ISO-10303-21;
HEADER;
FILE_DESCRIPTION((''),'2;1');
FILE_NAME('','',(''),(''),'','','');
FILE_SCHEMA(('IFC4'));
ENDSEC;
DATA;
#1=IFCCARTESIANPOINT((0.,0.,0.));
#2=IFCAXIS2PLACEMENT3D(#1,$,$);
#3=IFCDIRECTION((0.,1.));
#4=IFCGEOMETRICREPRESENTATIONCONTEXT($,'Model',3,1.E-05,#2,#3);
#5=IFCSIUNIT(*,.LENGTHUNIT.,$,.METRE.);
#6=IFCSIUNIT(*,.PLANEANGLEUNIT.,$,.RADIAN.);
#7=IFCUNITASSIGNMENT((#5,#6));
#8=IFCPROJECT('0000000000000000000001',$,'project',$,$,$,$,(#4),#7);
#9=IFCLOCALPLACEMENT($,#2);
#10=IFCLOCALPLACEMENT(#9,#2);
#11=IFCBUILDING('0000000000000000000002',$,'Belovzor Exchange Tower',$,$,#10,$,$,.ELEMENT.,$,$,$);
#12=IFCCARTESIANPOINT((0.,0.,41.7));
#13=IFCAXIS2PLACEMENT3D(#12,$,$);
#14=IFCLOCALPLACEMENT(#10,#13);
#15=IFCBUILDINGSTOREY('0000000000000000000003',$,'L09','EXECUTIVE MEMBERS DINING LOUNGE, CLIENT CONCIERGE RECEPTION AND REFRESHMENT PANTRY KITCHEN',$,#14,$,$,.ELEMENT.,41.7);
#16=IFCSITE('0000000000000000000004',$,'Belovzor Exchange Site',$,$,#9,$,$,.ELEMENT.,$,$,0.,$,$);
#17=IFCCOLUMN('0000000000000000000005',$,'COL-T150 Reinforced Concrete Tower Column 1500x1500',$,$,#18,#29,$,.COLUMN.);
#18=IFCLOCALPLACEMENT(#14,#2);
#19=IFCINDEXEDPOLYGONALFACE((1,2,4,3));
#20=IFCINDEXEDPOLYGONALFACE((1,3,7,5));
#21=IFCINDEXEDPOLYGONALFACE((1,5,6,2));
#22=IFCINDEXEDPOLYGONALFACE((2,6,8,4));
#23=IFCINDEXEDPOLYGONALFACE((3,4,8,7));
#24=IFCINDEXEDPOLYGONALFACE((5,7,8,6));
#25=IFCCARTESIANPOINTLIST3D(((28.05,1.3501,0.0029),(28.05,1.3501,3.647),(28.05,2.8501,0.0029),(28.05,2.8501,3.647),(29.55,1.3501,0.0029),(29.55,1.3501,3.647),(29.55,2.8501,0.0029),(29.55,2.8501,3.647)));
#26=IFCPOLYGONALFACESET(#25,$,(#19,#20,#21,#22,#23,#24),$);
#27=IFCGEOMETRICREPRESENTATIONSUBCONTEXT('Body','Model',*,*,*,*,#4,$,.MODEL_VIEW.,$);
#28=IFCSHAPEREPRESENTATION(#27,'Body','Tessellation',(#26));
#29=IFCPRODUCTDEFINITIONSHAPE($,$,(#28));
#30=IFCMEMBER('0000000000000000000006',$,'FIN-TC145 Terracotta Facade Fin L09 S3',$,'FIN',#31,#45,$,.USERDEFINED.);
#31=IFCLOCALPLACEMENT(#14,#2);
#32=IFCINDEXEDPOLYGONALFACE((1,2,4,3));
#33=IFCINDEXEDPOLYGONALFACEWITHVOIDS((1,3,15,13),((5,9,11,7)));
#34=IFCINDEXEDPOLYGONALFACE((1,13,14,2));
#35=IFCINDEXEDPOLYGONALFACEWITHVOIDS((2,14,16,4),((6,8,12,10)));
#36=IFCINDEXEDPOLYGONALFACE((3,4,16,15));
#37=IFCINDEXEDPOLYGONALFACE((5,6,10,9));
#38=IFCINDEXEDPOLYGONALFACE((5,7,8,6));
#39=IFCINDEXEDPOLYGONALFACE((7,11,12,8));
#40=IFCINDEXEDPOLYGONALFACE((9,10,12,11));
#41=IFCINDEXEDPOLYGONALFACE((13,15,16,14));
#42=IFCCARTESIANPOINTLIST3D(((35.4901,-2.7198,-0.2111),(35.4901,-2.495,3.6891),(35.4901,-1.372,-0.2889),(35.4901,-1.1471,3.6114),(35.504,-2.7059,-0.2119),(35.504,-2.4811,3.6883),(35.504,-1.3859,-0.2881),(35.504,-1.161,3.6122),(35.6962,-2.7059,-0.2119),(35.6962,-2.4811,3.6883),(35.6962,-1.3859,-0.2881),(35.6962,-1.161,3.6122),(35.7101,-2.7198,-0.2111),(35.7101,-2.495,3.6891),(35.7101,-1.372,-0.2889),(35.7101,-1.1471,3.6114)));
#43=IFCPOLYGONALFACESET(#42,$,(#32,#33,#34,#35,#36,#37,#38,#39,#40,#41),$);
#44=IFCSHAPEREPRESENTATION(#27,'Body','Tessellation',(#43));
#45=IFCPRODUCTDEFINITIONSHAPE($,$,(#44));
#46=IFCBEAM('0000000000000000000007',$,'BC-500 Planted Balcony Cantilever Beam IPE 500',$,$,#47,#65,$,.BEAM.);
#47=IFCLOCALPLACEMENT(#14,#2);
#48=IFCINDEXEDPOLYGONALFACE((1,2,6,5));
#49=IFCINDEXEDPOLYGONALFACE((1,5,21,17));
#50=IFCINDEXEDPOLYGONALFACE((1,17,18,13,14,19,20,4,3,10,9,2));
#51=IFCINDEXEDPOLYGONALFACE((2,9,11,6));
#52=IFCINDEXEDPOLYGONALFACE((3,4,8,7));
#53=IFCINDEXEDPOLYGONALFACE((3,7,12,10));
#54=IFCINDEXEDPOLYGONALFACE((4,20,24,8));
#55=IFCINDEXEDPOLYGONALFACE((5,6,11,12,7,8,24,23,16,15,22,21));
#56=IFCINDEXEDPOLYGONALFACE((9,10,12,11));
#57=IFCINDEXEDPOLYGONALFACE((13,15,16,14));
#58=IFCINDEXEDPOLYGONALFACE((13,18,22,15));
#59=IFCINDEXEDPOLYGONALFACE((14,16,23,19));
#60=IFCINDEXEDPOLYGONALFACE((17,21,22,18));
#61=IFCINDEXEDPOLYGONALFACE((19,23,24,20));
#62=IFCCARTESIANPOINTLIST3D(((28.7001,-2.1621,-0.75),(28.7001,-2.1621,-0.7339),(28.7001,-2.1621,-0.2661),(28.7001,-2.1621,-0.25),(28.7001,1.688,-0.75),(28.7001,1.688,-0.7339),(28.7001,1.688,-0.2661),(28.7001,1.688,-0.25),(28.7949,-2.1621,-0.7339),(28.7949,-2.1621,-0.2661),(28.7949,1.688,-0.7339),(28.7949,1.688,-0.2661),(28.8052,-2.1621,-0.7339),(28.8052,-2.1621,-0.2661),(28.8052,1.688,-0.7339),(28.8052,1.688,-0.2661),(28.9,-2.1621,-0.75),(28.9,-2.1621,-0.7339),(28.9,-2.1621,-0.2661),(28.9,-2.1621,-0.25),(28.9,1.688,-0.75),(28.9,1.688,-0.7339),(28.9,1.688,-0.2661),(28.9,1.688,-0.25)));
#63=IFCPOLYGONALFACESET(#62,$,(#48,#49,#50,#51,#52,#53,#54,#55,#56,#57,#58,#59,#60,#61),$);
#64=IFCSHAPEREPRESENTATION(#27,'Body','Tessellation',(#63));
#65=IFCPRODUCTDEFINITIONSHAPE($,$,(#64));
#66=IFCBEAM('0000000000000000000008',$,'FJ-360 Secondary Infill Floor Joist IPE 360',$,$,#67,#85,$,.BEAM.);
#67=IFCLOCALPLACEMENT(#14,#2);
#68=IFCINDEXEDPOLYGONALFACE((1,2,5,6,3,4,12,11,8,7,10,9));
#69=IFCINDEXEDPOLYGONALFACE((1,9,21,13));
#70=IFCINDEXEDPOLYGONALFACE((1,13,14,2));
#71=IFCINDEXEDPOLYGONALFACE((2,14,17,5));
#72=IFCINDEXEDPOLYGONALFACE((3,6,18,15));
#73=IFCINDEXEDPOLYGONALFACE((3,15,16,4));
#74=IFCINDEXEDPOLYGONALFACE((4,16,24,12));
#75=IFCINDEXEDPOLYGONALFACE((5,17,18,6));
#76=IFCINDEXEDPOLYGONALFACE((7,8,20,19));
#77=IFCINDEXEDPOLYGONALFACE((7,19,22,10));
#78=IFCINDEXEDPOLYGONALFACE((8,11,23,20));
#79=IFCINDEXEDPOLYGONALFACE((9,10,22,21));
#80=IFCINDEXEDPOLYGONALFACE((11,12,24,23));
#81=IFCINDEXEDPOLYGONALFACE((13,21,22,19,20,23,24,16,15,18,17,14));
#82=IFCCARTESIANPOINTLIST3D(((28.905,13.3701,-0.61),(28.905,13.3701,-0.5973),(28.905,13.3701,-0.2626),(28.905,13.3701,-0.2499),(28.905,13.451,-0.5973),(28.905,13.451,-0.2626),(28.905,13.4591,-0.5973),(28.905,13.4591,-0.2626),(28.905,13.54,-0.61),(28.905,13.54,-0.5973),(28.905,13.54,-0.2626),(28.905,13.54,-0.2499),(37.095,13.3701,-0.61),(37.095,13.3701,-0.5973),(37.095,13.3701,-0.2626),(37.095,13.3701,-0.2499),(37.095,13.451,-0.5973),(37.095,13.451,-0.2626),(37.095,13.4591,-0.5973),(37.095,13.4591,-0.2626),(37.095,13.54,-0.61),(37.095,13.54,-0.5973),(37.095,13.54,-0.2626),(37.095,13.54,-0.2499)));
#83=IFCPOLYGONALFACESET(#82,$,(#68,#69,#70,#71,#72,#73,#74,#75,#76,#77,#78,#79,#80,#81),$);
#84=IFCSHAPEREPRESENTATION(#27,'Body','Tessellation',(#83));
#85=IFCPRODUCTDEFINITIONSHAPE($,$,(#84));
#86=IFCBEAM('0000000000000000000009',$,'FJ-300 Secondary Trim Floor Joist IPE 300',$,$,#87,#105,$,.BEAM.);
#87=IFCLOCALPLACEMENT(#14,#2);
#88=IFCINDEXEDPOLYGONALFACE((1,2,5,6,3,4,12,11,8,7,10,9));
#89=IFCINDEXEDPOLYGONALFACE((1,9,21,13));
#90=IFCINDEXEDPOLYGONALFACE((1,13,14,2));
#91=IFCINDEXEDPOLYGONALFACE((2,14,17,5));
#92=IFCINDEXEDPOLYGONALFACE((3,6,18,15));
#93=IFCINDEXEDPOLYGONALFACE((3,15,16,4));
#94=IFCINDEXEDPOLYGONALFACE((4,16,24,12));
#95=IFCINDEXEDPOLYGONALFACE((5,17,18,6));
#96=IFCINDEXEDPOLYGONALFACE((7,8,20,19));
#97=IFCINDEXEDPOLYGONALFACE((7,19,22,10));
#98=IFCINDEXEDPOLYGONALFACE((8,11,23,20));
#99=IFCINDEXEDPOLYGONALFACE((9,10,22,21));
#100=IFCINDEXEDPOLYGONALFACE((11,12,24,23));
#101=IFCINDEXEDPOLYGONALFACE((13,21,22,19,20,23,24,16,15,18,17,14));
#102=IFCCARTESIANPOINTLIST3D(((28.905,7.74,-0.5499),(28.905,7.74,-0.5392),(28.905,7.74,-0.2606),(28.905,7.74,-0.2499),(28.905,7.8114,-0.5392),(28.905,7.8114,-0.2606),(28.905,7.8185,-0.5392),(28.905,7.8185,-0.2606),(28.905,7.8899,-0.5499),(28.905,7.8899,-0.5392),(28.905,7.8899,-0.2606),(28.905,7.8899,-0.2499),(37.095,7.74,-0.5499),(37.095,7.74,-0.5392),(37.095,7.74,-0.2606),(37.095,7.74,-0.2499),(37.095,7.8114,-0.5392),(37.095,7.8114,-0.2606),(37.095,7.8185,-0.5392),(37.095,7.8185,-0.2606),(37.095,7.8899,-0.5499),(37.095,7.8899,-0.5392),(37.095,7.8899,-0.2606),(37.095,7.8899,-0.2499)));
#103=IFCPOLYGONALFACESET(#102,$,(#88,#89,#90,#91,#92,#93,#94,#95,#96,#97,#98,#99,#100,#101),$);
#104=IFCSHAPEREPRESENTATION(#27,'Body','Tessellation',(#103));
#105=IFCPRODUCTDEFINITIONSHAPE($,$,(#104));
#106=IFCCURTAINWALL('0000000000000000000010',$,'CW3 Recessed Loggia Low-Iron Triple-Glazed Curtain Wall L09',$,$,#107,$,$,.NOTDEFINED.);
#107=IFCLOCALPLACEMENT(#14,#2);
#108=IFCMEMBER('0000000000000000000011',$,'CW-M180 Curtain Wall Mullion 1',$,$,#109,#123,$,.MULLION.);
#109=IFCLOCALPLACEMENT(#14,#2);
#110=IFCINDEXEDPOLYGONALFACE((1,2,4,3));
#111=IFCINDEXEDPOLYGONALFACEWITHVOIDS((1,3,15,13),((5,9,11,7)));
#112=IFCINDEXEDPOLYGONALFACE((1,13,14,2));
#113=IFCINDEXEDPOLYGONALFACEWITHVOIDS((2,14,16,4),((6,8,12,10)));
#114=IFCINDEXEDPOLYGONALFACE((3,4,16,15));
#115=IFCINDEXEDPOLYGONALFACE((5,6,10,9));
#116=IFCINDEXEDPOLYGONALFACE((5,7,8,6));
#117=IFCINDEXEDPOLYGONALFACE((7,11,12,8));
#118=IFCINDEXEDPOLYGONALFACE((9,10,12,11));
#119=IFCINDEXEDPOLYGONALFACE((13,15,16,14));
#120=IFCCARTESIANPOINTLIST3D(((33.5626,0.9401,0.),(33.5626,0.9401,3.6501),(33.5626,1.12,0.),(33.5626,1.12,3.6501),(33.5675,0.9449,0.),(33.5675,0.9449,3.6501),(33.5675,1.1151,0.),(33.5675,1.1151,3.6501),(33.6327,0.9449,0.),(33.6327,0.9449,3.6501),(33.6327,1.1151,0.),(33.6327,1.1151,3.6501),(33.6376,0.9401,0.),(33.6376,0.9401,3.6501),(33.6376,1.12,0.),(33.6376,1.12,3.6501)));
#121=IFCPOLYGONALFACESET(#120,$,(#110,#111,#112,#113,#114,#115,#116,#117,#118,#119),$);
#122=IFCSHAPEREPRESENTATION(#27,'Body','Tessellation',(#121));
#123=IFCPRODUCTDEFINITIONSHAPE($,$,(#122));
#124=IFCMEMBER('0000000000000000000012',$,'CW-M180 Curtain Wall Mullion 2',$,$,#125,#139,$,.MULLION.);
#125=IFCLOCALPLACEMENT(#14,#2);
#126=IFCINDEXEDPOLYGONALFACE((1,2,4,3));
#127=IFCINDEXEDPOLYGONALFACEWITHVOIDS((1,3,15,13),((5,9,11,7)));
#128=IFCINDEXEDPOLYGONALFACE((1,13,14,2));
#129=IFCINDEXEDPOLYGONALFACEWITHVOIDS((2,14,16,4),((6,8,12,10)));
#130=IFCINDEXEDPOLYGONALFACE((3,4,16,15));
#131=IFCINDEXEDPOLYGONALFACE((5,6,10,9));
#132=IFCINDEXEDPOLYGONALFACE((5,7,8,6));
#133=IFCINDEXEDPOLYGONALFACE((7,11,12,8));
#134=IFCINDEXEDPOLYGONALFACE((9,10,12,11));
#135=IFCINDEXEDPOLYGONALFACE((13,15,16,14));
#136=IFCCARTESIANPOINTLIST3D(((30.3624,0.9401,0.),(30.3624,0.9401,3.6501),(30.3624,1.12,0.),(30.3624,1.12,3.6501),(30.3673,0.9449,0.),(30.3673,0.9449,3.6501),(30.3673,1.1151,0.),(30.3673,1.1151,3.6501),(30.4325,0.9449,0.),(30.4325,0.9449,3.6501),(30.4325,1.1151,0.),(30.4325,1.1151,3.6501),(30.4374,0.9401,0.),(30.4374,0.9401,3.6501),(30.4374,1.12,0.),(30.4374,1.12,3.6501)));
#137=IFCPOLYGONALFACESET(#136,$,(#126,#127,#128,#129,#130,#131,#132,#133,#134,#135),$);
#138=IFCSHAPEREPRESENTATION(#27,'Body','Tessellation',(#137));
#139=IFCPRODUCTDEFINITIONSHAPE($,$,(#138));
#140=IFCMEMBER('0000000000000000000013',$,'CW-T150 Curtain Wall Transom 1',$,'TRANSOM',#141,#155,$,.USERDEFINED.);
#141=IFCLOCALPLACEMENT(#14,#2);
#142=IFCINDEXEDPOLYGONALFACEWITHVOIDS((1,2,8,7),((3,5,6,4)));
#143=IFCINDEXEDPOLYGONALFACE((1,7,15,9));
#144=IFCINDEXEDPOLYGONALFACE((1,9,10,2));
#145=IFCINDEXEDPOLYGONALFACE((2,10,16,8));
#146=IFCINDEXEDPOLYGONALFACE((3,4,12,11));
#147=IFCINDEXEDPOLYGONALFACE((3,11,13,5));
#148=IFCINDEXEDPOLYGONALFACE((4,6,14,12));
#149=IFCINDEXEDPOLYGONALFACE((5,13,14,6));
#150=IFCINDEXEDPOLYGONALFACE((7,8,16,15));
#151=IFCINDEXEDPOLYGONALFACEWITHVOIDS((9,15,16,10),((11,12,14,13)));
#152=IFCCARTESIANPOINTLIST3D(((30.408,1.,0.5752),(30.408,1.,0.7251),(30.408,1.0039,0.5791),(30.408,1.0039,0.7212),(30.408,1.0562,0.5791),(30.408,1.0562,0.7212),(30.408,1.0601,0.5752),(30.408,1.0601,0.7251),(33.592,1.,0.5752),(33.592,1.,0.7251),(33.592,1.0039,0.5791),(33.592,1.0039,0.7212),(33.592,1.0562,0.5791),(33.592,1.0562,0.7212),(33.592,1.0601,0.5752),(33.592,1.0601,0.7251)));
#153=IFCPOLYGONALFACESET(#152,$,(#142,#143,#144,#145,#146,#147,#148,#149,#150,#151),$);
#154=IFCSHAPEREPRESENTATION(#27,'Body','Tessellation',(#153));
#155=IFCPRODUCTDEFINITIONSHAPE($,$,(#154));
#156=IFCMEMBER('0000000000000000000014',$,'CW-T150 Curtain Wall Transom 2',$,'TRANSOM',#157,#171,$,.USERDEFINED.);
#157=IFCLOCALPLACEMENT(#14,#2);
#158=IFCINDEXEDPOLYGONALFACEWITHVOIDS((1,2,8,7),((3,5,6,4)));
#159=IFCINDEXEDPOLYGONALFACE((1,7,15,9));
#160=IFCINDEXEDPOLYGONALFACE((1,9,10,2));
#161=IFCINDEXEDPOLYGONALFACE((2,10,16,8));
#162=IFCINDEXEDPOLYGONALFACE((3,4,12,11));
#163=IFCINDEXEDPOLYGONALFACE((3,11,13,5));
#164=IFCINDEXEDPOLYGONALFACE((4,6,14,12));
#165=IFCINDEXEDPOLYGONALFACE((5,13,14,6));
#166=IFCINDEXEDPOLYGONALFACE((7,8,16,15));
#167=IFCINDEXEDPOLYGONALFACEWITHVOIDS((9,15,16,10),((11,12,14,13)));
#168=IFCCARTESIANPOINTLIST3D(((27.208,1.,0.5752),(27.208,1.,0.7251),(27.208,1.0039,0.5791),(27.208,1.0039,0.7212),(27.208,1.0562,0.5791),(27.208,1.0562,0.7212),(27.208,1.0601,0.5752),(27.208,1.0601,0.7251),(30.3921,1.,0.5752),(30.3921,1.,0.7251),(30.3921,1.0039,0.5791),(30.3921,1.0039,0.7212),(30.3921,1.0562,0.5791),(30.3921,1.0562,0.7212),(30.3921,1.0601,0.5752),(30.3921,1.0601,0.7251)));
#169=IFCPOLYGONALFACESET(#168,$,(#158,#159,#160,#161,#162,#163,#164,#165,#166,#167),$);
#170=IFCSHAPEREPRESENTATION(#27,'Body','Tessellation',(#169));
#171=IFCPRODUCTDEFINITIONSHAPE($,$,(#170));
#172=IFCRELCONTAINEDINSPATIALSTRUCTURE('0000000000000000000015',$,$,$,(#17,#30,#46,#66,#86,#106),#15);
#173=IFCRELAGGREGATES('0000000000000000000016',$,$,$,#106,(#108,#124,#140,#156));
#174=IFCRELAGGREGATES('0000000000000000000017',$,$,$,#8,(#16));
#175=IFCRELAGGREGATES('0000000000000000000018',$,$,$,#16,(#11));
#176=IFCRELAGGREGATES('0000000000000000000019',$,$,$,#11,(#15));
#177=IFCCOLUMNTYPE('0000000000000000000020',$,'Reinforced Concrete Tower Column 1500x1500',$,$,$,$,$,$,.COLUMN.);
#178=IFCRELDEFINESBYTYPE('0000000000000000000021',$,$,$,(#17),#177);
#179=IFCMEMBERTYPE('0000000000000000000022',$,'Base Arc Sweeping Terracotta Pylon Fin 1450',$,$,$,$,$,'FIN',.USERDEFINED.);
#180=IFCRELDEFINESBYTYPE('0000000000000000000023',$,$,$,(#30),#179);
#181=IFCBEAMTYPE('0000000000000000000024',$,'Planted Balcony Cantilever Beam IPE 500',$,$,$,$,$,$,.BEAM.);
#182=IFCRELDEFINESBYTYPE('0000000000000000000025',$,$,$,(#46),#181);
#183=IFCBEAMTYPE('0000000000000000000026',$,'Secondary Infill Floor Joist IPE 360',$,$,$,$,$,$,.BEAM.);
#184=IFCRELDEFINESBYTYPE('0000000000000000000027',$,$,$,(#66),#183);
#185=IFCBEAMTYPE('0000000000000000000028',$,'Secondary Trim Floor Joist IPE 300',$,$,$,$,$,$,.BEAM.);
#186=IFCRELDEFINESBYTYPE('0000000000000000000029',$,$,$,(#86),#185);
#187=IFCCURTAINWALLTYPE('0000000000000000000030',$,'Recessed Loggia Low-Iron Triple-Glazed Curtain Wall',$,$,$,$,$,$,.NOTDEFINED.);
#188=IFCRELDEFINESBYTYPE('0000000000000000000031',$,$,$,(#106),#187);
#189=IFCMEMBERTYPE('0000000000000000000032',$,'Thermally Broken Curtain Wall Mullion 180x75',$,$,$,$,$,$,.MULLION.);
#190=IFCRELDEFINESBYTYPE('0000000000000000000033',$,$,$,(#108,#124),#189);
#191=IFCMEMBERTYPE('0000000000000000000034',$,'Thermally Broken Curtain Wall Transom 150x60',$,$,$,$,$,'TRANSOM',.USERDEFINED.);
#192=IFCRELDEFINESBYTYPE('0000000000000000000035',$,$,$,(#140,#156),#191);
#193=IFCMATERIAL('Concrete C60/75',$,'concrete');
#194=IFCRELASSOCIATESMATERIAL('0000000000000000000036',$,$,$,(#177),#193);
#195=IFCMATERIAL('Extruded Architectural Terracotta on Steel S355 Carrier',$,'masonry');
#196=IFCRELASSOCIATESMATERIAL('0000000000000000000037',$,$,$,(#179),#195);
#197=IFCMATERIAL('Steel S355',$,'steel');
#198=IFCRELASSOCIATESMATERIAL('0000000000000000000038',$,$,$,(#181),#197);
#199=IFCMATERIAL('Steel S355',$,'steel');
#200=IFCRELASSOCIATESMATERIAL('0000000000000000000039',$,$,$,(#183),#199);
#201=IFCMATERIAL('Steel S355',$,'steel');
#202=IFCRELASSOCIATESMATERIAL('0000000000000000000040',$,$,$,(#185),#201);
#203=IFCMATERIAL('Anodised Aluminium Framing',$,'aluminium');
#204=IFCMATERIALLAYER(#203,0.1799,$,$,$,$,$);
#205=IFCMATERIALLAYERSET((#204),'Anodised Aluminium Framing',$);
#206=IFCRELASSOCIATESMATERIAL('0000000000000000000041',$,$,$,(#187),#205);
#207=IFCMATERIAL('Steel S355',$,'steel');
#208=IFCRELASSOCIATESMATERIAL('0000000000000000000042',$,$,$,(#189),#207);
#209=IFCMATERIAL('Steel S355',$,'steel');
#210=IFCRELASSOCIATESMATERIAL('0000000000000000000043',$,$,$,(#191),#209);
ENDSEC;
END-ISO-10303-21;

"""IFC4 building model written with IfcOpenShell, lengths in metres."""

from ifc_helpers import new_model, si_unit, direction, frame, origin, origin_2d, place, context, subcontext, project, spatial, rectangle, hollow_rectangle, i_section, extrude, material, layer, layer_set, material_profile, profile_set, type_object, element, aggregate, save


model = new_model("IFC4")

# Units and contexts
model_context = context("Model", 3, precision=1e-05, world=origin(), true_north=direction((0.0, 1.0)))
body_context = subcontext(model_context, "Body", "Model", "MODEL_VIEW")
ifc_project = project(units=[si_unit("LENGTHUNIT", "METRE"), si_unit("PLANEANGLEUNIT", "RADIAN")], contexts=[model_context])

# Site, building, storey
site_placement = place(None, origin())
site = spatial("IfcSite", under=ifc_project, at=site_placement, Name="Belovzor Exchange Site", CompositionType="ELEMENT", RefElevation=0.0)
building_placement = place(site_placement, origin())
building = spatial("IfcBuilding", under=site, at=building_placement, Name="Belovzor Exchange Tower", CompositionType="ELEMENT")
storey_placement = place(building_placement, frame((0.0, 0.0, 41.7)))
storey = spatial("IfcBuildingStorey", under=building, at=storey_placement, Name="L09", Description="EXECUTIVE MEMBERS DINING LOUNGE, CLIENT CONCIERGE RECEPTION AND REFRESHMENT PANTRY KITCHEN", CompositionType="ELEMENT", Elevation=41.7)

# Column
ifc_material_1 = material(Name="Concrete C60/75", Category="concrete")
ifc_material_profile_1 = material_profile(ifc_material_1, rectangle(XDim=1.5, YDim=1.5, at=origin_2d()))
ifc_profile_set_1 = profile_set([ifc_material_profile_1], Name="Concrete C60/75")
column_type = type_object("IfcColumnType", Name="Reinforced Concrete Tower Column 1500x1500", PredefinedType="COLUMN", material=ifc_profile_set_1)
column_placement = place(storey_placement, frame((28.8, 2.1001, 0.0029), z_axis=(0.0, 0.0, 1.0), x_axis=(1.0, 0.0, 0.0)))
element("IfcColumn", 1, at=column_placement, inside=storey, type_object=column_type, Name="COL-T150 Reinforced Concrete Tower Column 1500x1500", PredefinedType="COLUMN", context=body_context, shape_type="SweptSolid", body=[
    extrude(rectangle(XDim=1.5, YDim=1.5, at=origin_2d()), origin(), (0.0, 0.0, 1.0), 3.644),
])

# Member
ifc_material_2 = material(Name="Extruded Architectural Terracotta on Steel S355 Carrier", Category="masonry")
ifc_material_profile_2 = material_profile(ifc_material_2, hollow_rectangle(XDim=0.22, YDim=1.3501, WallThickness=0.0139, at=origin_2d()))
ifc_profile_set_2 = profile_set([ifc_material_profile_2], Name="Extruded Architectural Terracotta on Steel S355 Carrier")
member_type_1 = type_object("IfcMemberType", Name="Base Arc Sweeping Terracotta Pylon Fin 1450", ElementType="FIN", PredefinedType="USERDEFINED", material=ifc_profile_set_2)
member_1_placement = place(storey_placement, frame((35.6001, -2.0459, -0.25), z_axis=(0.0, 0.057557, 0.998342), x_axis=(-1.0, 0.0, 0.0)))
element("IfcMember", 2, at=member_1_placement, inside=storey, type_object=member_type_1, Name="FIN-TC145 Terracotta Facade Fin L09 S3", ObjectType="FIN", PredefinedType="USERDEFINED", context=body_context, shape_type="SweptSolid", body=[
    extrude(hollow_rectangle(XDim=0.22, YDim=1.3501, WallThickness=0.0139, at=origin_2d()), origin(), (0.0, 0.0, 1.0), 3.9067),
])

# Beams
ifc_material_3 = material(Name="Steel S355", Category="steel")
ifc_material_profile_3 = material_profile(ifc_material_3, i_section(OverallWidth=0.2, OverallDepth=0.5, WebThickness=0.0103, FlangeThickness=0.0161, at=origin_2d()))
ifc_profile_set_3 = profile_set([ifc_material_profile_3], Name="Steel S355")
beam_type_1 = type_object("IfcBeamType", Name="Planted Balcony Cantilever Beam IPE 500", PredefinedType="BEAM", material=ifc_profile_set_3)
beam_1_placement = place(storey_placement, frame((28.8, 1.688, -0.5), z_axis=(0.0, -1.0, 0.0), x_axis=(1.0, 0.0, 0.0)))
element("IfcBeam", 3, at=beam_1_placement, inside=storey, type_object=beam_type_1, Name="BC-500 Planted Balcony Cantilever Beam IPE 500", PredefinedType="BEAM", context=body_context, shape_type="SweptSolid", body=[
    extrude(i_section(OverallWidth=0.2, OverallDepth=0.5, WebThickness=0.0103, FlangeThickness=0.0161, at=origin_2d()), origin(), (0.0, 0.0, 1.0), 3.8501),
])
ifc_material_4 = material(Name="Steel S355", Category="steel")
ifc_material_profile_4 = material_profile(ifc_material_4, i_section(OverallWidth=0.1699, OverallDepth=0.3601, WebThickness=0.0081, FlangeThickness=0.0127, at=origin_2d()))
ifc_profile_set_4 = profile_set([ifc_material_profile_4], Name="Steel S355")
beam_type_2 = type_object("IfcBeamType", Name="Secondary Infill Floor Joist IPE 360", PredefinedType="BEAM", material=ifc_profile_set_4)
beam_2_placement = place(storey_placement, frame((28.905, 13.4551, -0.4299), z_axis=(1.0, 0.0, 0.0), x_axis=(0.0, 1.0, 0.0)))
element("IfcBeam", 4, at=beam_2_placement, inside=storey, type_object=beam_type_2, Name="FJ-360 Secondary Infill Floor Joist IPE 360", PredefinedType="BEAM", context=body_context, shape_type="SweptSolid", body=[
    extrude(i_section(OverallWidth=0.1699, OverallDepth=0.3601, WebThickness=0.0081, FlangeThickness=0.0127, at=origin_2d()), origin(), (0.0, 0.0, 1.0), 8.1899),
])
ifc_material_5 = material(Name="Steel S355", Category="steel")
ifc_material_profile_5 = material_profile(ifc_material_5, i_section(OverallWidth=0.1499, OverallDepth=0.3, WebThickness=0.0071, FlangeThickness=0.0107, at=origin_2d()))
ifc_profile_set_5 = profile_set([ifc_material_profile_5], Name="Steel S355")
beam_type_3 = type_object("IfcBeamType", Name="Secondary Trim Floor Joist IPE 300", PredefinedType="BEAM", material=ifc_profile_set_5)
beam_3_placement = place(storey_placement, frame((28.905, 7.8149, -0.3999), z_axis=(1.0, 0.0, 0.0), x_axis=(0.0, 1.0, 0.0)))
element("IfcBeam", 5, at=beam_3_placement, inside=storey, type_object=beam_type_3, Name="FJ-300 Secondary Trim Floor Joist IPE 300", PredefinedType="BEAM", context=body_context, shape_type="SweptSolid", body=[
    extrude(i_section(OverallWidth=0.1499, OverallDepth=0.3, WebThickness=0.0071, FlangeThickness=0.0107, at=origin_2d()), origin(), (0.0, 0.0, 1.0), 8.1899),
])

# Curtain wall, members
ifc_material_6 = material(Name="Anodised Aluminium Framing", Category="aluminium")
ifc_layer_1 = layer(ifc_material_6, 0.1799)
ifc_layer_set_1 = layer_set([ifc_layer_1], Name="Anodised Aluminium Framing")
curtain_wall_type = type_object("IfcCurtainWallType", Name="Recessed Loggia Low-Iron Triple-Glazed Curtain Wall", PredefinedType="NOTDEFINED", material=ifc_layer_set_1)
curtain_wall_placement = place(storey_placement, origin())
curtain_wall = element("IfcCurtainWall", 6, at=curtain_wall_placement, inside=storey, type_object=curtain_wall_type, Name="CW3 Recessed Loggia Low-Iron Triple-Glazed Curtain Wall L09", PredefinedType="NOTDEFINED")
ifc_material_7 = material(Name="Steel S355", Category="steel")
ifc_material_profile_6 = material_profile(ifc_material_7, hollow_rectangle(XDim=0.075, YDim=0.1799, WallThickness=0.0049, at=origin_2d()))
ifc_profile_set_6 = profile_set([ifc_material_profile_6], Name="Steel S355")
member_type_2 = type_object("IfcMemberType", Name="Thermally Broken Curtain Wall Mullion 180x75", PredefinedType="MULLION", material=ifc_profile_set_6)
member_2_placement = place(storey_placement, frame((33.6001, 1.03, 0.0), z_axis=(0.0, 0.0, 1.0), x_axis=(-1.0, 0.0, 0.0)))
member_2 = element("IfcMember", 7, at=member_2_placement, type_object=member_type_2, Name="CW-M180 Curtain Wall Mullion 1", PredefinedType="MULLION", context=body_context, shape_type="SweptSolid", body=[
    extrude(hollow_rectangle(XDim=0.075, YDim=0.1799, WallThickness=0.0049, at=origin_2d()), origin(), (0.0, 0.0, 1.0), 3.6501),
])
member_3_placement = place(storey_placement, frame((30.3999, 1.03, 0.0), z_axis=(0.0, 0.0, 1.0), x_axis=(-1.0, 0.0, 0.0)))
member_3 = element("IfcMember", 8, at=member_3_placement, type_object=member_type_2, Name="CW-M180 Curtain Wall Mullion 2", PredefinedType="MULLION", context=body_context, shape_type="SweptSolid", body=[
    extrude(hollow_rectangle(XDim=0.075, YDim=0.1799, WallThickness=0.0049, at=origin_2d()), origin(), (0.0, 0.0, 1.0), 3.6501),
])
ifc_material_8 = material(Name="Steel S355", Category="steel")
ifc_material_profile_7 = material_profile(ifc_material_8, hollow_rectangle(XDim=0.0601, YDim=0.1499, WallThickness=0.0039, at=origin_2d()))
ifc_profile_set_7 = profile_set([ifc_material_profile_7], Name="Steel S355")
member_type_3 = type_object("IfcMemberType", Name="Thermally Broken Curtain Wall Transom 150x60", ElementType="TRANSOM", PredefinedType="USERDEFINED", material=ifc_profile_set_7)
member_4_placement = place(storey_placement, frame((33.592, 1.03, 0.6501), z_axis=(-1.0, 0.0, 0.0), x_axis=(0.0, -1.0, 0.0)))
member_4 = element("IfcMember", 9, at=member_4_placement, type_object=member_type_3, Name="CW-T150 Curtain Wall Transom 1", ObjectType="TRANSOM", PredefinedType="USERDEFINED", context=body_context, shape_type="SweptSolid", body=[
    extrude(hollow_rectangle(XDim=0.0601, YDim=0.1499, WallThickness=0.0039, at=origin_2d()), origin(), (0.0, 0.0, 1.0), 3.1841),
])
member_5_placement = place(storey_placement, frame((30.3921, 1.03, 0.6501), z_axis=(-1.0, 0.0, 0.0), x_axis=(0.0, -1.0, 0.0)))
member_5 = element("IfcMember", 10, at=member_5_placement, type_object=member_type_3, Name="CW-T150 Curtain Wall Transom 2", ObjectType="TRANSOM", PredefinedType="USERDEFINED", context=body_context, shape_type="SweptSolid", body=[
    extrude(hollow_rectangle(XDim=0.0601, YDim=0.1499, WallThickness=0.0039, at=origin_2d()), origin(), (0.0, 0.0, 1.0), 3.1841),
])

aggregate(curtain_wall, [member_2, member_3, member_4, member_5])

save(model, "model.ifc")
